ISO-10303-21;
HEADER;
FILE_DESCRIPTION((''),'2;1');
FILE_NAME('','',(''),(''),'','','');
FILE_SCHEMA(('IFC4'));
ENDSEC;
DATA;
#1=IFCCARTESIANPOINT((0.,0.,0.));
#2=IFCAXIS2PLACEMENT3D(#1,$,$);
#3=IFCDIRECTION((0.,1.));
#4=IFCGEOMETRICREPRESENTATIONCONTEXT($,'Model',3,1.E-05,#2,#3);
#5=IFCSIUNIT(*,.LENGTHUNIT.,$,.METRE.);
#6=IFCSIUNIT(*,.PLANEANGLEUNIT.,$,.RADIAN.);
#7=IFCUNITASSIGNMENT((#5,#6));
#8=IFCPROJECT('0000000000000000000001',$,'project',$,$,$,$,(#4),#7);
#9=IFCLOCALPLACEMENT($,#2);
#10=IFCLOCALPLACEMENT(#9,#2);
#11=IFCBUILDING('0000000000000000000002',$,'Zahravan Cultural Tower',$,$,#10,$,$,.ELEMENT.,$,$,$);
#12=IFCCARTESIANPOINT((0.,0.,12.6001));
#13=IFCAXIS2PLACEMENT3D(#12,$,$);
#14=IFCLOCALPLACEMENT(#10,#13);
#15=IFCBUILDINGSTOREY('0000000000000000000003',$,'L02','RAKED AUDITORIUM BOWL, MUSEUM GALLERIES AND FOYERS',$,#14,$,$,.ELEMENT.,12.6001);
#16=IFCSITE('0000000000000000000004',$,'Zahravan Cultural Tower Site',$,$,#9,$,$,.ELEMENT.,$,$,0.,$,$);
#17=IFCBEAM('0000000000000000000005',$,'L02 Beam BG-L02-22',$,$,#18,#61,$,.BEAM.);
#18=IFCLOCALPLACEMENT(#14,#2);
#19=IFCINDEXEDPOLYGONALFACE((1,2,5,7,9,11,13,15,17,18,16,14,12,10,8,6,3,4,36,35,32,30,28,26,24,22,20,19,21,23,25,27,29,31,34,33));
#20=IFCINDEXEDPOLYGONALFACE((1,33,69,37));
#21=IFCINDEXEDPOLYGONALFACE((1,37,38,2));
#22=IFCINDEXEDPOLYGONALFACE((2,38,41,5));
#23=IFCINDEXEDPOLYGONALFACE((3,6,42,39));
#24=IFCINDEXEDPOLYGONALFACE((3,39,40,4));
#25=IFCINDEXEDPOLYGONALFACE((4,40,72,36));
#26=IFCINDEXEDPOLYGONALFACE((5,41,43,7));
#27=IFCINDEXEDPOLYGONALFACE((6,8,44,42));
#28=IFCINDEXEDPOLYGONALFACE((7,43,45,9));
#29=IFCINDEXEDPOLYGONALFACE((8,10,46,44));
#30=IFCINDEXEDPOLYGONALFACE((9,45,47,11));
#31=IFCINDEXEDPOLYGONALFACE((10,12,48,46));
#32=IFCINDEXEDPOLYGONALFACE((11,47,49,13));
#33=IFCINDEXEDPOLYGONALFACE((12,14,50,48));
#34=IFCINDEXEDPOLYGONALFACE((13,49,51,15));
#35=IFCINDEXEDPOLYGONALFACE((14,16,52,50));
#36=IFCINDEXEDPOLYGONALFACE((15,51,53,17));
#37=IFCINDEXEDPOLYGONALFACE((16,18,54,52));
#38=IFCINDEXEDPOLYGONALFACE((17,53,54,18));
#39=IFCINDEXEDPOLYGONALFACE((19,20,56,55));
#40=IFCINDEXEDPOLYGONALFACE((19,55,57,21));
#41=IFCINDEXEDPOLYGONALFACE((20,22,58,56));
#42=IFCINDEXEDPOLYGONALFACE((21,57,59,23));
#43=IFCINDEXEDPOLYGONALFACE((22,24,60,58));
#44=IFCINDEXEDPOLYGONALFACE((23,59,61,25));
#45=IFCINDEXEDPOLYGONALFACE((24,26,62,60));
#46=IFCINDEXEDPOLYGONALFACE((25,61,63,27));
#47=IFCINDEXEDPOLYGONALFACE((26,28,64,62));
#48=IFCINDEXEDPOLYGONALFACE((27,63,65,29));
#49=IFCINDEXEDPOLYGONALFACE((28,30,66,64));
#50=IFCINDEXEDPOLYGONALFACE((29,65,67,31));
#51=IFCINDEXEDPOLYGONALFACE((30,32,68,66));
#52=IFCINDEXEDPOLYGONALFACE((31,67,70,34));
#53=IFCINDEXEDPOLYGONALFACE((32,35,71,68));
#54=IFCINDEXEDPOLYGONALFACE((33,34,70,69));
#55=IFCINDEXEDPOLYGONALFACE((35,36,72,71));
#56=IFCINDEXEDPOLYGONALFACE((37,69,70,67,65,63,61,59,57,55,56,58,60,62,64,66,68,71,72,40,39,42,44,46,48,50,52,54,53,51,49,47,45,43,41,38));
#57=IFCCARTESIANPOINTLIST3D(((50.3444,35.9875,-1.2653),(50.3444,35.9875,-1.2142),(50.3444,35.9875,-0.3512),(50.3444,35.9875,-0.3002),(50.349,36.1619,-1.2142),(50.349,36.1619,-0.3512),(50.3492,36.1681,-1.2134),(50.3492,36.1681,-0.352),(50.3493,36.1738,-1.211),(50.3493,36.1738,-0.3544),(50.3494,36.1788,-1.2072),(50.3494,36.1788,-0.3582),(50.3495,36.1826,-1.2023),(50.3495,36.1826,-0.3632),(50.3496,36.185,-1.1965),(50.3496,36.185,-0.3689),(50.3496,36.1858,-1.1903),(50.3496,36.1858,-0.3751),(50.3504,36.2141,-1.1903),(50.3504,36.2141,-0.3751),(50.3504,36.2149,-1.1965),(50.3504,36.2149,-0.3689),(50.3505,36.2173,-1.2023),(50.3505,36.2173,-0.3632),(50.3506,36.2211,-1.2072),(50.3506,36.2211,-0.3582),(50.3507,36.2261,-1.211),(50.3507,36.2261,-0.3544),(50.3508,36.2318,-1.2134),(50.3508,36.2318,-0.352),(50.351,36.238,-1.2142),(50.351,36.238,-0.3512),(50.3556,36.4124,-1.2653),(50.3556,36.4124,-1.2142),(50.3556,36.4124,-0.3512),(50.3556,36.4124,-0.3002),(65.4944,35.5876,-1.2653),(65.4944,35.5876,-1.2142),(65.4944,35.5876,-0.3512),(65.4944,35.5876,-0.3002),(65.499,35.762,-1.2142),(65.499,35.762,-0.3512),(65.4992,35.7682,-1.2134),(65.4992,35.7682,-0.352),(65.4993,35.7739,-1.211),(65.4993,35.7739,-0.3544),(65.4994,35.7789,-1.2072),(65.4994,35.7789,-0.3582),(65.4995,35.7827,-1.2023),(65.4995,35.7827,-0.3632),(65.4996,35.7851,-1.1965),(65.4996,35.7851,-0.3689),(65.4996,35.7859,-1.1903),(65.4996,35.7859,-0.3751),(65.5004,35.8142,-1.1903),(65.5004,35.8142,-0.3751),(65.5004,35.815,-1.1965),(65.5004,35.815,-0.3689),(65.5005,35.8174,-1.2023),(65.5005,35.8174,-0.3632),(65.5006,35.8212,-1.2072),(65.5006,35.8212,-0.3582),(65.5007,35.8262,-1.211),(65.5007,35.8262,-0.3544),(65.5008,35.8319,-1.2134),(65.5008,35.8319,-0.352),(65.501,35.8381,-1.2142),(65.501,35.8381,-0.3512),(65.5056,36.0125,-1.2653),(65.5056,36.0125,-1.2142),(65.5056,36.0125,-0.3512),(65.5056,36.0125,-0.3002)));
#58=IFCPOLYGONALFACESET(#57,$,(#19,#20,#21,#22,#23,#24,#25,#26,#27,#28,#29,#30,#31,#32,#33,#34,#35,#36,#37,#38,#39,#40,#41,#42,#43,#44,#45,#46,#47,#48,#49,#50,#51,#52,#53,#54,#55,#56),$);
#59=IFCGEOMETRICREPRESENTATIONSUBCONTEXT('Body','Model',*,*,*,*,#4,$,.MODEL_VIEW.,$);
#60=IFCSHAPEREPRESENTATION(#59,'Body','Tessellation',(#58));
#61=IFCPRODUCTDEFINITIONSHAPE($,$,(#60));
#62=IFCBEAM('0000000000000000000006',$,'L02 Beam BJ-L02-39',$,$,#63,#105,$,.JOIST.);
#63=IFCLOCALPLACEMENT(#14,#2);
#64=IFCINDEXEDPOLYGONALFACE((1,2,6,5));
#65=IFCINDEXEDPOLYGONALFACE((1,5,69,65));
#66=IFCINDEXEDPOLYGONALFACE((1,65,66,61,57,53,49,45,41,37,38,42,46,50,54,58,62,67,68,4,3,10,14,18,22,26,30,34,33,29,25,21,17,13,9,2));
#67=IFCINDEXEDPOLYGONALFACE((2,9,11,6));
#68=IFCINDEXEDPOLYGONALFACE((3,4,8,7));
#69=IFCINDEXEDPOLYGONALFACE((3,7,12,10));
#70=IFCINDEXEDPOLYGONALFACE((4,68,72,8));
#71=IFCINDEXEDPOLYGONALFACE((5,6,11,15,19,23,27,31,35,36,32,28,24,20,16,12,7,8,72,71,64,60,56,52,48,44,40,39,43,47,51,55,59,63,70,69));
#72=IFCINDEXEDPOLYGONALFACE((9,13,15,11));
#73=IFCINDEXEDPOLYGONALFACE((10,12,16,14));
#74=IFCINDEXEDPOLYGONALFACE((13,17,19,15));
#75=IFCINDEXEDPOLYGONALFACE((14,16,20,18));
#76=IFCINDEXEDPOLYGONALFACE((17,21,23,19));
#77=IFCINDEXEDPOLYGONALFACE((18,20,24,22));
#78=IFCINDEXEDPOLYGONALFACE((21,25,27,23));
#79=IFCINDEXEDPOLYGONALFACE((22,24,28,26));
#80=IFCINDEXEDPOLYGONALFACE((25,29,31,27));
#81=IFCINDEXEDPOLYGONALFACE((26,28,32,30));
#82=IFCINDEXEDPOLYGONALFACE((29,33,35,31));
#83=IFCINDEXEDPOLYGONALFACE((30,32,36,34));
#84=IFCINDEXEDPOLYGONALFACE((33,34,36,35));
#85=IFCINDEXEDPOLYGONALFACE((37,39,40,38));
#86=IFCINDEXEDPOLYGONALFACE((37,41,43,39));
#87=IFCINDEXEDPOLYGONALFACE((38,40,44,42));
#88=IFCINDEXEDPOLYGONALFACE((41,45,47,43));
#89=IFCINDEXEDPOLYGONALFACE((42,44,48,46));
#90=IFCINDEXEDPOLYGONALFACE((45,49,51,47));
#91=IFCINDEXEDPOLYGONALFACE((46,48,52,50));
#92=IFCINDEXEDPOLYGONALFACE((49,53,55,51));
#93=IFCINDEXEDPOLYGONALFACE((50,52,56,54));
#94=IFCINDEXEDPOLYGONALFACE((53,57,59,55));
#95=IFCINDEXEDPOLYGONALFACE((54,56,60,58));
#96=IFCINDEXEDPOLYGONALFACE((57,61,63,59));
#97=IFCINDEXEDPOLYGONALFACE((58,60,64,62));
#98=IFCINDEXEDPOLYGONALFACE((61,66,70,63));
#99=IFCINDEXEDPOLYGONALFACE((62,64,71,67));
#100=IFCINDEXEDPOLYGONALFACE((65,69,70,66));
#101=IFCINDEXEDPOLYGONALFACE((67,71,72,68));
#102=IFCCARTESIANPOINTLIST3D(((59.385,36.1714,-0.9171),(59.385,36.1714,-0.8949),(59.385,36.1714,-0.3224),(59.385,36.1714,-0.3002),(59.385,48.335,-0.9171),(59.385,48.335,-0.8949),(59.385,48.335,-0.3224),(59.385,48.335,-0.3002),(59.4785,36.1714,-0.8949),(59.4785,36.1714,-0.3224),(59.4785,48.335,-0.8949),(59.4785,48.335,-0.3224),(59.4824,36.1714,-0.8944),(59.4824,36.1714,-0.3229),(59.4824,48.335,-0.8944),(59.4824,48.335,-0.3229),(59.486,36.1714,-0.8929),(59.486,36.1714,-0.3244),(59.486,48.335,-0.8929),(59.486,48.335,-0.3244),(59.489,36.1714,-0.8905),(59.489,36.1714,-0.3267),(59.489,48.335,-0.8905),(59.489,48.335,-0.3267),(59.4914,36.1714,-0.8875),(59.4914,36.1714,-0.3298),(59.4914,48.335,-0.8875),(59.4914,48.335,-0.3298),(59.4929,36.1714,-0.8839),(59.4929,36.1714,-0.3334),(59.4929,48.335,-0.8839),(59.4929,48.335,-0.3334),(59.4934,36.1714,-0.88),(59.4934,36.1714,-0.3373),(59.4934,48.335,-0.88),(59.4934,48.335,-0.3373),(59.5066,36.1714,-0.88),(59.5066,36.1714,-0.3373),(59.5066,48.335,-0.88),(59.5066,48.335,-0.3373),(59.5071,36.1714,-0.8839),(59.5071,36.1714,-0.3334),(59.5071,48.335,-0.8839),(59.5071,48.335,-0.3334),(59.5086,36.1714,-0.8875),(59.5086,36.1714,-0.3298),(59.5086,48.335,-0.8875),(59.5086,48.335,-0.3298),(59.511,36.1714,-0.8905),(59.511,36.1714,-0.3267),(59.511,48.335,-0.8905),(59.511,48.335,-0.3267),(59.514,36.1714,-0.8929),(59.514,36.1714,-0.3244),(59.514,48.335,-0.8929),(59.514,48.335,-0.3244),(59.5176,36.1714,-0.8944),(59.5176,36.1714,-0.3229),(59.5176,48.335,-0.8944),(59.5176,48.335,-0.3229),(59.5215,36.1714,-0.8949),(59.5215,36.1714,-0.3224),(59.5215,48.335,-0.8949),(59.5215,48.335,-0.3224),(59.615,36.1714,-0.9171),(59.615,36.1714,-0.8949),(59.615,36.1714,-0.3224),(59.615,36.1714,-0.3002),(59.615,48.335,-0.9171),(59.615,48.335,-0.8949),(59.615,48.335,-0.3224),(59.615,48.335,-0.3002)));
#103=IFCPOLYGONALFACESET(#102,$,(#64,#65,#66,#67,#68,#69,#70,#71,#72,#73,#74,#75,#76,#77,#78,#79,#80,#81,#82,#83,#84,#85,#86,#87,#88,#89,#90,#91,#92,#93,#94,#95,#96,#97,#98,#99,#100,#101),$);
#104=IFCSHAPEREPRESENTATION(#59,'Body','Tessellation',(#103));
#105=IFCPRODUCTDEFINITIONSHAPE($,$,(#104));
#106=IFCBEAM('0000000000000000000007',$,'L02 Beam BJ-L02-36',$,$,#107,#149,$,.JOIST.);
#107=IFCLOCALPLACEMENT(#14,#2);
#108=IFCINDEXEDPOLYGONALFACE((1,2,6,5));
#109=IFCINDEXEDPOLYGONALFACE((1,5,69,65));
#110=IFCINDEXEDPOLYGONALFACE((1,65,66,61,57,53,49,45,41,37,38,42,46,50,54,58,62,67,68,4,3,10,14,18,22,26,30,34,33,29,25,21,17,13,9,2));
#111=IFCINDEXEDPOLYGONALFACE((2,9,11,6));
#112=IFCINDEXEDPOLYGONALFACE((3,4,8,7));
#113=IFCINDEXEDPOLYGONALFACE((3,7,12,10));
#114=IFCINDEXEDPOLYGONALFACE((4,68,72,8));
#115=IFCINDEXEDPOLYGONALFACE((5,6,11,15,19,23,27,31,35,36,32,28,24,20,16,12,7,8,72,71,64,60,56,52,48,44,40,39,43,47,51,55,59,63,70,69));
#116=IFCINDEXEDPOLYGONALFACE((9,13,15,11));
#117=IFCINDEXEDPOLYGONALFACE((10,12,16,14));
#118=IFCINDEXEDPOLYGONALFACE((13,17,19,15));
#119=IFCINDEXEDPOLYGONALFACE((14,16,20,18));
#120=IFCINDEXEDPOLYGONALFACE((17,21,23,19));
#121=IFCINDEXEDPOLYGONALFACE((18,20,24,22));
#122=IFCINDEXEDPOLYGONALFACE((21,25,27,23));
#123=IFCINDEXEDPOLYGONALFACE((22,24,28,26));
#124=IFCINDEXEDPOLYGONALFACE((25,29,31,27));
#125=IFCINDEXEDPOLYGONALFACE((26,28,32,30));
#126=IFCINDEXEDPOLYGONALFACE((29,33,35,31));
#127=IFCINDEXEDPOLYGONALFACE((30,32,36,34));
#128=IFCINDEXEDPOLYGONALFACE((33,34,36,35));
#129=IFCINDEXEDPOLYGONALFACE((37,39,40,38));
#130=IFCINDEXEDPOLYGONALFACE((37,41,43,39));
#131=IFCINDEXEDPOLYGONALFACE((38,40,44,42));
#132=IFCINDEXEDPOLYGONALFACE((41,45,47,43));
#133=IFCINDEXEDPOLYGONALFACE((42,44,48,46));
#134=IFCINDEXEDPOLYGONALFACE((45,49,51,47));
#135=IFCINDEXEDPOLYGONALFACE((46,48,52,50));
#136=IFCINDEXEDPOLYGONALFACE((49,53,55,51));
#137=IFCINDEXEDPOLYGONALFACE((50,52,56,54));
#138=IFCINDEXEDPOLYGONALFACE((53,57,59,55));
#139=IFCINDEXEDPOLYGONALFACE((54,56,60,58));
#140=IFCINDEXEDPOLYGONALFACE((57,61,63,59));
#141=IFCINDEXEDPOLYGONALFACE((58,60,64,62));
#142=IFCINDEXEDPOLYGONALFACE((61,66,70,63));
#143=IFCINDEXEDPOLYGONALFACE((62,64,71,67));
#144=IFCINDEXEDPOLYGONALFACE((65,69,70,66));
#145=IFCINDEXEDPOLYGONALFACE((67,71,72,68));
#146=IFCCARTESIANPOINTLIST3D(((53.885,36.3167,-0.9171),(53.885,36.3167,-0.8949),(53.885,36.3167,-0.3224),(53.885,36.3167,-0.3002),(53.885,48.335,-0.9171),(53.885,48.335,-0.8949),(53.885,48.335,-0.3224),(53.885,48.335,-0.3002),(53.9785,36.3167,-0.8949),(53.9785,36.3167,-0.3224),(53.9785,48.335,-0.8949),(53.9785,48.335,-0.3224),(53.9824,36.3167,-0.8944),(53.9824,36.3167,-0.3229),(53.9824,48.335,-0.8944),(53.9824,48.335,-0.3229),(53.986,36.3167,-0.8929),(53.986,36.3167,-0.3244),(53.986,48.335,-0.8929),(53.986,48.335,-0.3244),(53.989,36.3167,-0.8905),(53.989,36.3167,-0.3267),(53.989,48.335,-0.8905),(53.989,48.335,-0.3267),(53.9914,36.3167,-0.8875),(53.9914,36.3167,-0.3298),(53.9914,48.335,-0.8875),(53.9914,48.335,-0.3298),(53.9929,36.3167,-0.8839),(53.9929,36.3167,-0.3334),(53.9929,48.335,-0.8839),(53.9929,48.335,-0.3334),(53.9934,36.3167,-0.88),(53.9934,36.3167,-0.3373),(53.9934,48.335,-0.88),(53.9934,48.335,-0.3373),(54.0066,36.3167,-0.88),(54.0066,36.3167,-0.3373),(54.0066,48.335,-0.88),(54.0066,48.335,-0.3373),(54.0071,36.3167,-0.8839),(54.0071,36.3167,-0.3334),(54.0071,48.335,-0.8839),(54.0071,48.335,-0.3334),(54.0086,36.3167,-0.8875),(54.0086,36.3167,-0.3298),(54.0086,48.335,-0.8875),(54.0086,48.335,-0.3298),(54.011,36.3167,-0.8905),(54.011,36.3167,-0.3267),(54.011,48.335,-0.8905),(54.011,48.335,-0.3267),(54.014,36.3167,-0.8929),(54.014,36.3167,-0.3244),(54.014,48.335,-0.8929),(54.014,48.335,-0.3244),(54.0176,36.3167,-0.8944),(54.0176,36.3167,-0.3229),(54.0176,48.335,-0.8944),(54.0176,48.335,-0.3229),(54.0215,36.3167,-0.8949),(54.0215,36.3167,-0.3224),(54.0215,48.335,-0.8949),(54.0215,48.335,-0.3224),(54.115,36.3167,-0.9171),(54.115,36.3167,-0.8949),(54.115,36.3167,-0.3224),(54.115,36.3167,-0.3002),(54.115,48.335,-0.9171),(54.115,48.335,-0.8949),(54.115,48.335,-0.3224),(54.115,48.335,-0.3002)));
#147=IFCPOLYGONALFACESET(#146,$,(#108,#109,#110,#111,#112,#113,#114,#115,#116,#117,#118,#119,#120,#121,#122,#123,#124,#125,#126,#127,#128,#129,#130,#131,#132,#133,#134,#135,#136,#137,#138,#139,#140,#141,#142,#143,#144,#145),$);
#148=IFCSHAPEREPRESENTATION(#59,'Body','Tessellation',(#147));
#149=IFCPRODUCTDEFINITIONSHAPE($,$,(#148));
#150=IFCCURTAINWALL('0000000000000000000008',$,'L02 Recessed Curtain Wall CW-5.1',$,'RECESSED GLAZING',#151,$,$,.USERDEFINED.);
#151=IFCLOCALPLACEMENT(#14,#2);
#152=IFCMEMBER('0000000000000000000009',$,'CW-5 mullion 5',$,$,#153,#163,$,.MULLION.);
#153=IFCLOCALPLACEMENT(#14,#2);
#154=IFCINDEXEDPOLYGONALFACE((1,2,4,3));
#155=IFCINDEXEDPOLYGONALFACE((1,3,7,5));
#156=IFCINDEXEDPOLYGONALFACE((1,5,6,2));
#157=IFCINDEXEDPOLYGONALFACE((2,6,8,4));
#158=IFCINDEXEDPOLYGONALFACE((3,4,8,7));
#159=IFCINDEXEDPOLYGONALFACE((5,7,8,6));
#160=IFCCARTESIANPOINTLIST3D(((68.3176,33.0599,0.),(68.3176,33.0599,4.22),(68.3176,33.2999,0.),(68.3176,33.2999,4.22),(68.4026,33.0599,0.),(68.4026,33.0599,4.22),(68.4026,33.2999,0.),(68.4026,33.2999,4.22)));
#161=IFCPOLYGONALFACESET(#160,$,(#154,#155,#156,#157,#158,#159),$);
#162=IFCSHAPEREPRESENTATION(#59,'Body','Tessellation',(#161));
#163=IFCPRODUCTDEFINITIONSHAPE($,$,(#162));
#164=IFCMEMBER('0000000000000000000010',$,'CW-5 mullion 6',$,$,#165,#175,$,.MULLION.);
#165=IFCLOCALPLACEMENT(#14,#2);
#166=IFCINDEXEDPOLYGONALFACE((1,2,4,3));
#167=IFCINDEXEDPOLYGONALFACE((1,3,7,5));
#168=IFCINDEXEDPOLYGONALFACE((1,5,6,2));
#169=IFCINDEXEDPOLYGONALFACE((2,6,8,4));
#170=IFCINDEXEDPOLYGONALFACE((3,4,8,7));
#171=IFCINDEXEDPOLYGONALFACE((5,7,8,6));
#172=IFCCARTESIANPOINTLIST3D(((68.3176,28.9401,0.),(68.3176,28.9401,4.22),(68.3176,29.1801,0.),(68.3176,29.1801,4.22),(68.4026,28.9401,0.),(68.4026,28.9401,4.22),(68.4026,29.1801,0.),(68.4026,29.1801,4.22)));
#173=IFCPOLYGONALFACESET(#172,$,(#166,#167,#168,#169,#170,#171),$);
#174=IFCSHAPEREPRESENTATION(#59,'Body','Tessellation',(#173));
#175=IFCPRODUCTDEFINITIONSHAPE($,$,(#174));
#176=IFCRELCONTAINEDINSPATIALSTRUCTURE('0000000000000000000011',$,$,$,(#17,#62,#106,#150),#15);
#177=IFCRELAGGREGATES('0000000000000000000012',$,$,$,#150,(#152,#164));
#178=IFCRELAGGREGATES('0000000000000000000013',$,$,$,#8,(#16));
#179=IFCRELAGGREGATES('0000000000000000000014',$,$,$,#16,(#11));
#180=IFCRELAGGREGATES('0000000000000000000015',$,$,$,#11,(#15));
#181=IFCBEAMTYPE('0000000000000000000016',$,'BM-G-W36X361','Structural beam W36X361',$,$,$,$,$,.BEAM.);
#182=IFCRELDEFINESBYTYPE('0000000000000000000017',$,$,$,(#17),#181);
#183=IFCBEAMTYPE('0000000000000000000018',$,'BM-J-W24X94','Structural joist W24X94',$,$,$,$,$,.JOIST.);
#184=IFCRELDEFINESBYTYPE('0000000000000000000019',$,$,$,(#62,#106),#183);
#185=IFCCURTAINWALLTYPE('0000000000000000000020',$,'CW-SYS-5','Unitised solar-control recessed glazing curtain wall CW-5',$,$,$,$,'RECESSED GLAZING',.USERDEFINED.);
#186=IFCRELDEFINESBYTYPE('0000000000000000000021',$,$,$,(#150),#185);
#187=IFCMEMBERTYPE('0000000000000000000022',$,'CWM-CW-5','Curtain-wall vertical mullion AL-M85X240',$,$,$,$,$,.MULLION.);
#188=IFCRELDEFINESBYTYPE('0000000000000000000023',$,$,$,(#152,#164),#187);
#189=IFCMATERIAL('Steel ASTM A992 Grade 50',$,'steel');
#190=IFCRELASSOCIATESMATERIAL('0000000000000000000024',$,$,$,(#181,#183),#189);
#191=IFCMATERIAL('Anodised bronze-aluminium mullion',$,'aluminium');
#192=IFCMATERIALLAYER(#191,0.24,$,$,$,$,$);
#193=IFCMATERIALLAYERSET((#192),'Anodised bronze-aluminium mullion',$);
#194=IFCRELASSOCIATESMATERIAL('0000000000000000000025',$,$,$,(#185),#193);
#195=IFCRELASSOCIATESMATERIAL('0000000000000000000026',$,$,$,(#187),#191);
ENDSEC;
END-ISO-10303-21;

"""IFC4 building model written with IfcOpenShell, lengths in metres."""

from ifc_helpers import new_model, si_unit, direction, frame, origin, origin_2d, place, context, subcontext, project, spatial, rectangle, i_section, extrude, source, transform, mapped, material, layer, layer_set, material_profile, profile_set, type_object, element, aggregate, save


model = new_model("IFC4")

# Units and contexts
model_context = context("Model", 3, precision=1e-05, world=origin(), true_north=direction((0.0, 1.0)))
body_context = subcontext(model_context, "Body", "Model", "MODEL_VIEW")
ifc_project = project(units=[si_unit("LENGTHUNIT", "METRE"), si_unit("PLANEANGLEUNIT", "RADIAN")], contexts=[model_context])

# Site, building, storey
site_placement = place(None, origin())
site = spatial("IfcSite", under=ifc_project, at=site_placement, Name="Zahravan Cultural Tower Site", CompositionType="ELEMENT", RefElevation=0.0)
building_placement = place(site_placement, origin())
building = spatial("IfcBuilding", under=site, at=building_placement, Name="Zahravan Cultural Tower", CompositionType="ELEMENT")
storey_placement = place(building_placement, frame((0.0, 0.0, 12.6001)))
storey = spatial("IfcBuildingStorey", under=building, at=storey_placement, Name="L02", Description="RAKED AUDITORIUM BOWL, MUSEUM GALLERIES AND FOYERS", CompositionType="ELEMENT", Elevation=12.6001)

# Beams
ifc_material_1 = material(Name="Steel ASTM A992 Grade 50", Category="steel")
ifc_material_profile_1 = material_profile(ifc_material_1, i_section(OverallWidth=0.425, OverallDepth=0.9651, WebThickness=0.0283, FlangeThickness=0.051, FilletRadius=0.0239, at=origin_2d()), Name="W36X361")
ifc_profile_set_1 = profile_set([ifc_material_profile_1], Name="Steel ASTM A992 Grade 50")
beam_type_1 = type_object("IfcBeamType", Name="BM-G-W36X361", Description="Structural beam W36X361", PredefinedType="BEAM", material=ifc_profile_set_1)
shared_shape_1 = source(origin(), body_context, "Body", "SweptSolid", [
    extrude(i_section(OverallWidth=0.425, OverallDepth=0.9651, WebThickness=0.0283, FlangeThickness=0.051, FilletRadius=0.0239, at=origin_2d()), origin(), (0.0, 0.0, 1.0), 15.1553),
])
beam_1_placement = place(storey_placement, frame((65.5, 35.8, -0.7827), z_axis=(-0.999652, 0.026387, 0.0), x_axis=(-0.026387, -0.999652, 0.0)))
element("IfcBeam", 1, at=beam_1_placement, inside=storey, type_object=beam_type_1, Name="L02 Beam BG-L02-22", PredefinedType="BEAM", context=body_context, shape_type="MappedRepresentation", body=[
    mapped(shared_shape_1, transform((0.0, 0.0, 0.0), x_axis=(1.0, 0.0, 0.0), y_axis=(0.0, 1.0, 0.0), z_axis=(0.0, 0.0, 1.0), scale=1.0)),
])
ifc_material_profile_2 = material_profile(ifc_material_1, i_section(OverallWidth=0.23, OverallDepth=0.6169, WebThickness=0.0132, FlangeThickness=0.0222, FilletRadius=0.0149, at=origin_2d()), Name="W24X94")
ifc_profile_set_2 = profile_set([ifc_material_profile_2], Name="Steel ASTM A992 Grade 50")
beam_type_2 = type_object("IfcBeamType", Name="BM-J-W24X94", Description="Structural joist W24X94", PredefinedType="JOIST", material=ifc_profile_set_2)
shared_shape_2 = source(origin(), body_context, "Body", "SweptSolid", [
    extrude(i_section(OverallWidth=0.23, OverallDepth=0.6169, WebThickness=0.0132, FlangeThickness=0.0222, FilletRadius=0.0149, at=origin_2d()), origin(), (0.0, 0.0, 1.0), 12.1636),
])
beam_2_placement = place(storey_placement, frame((59.5, 36.1714, -0.6086), z_axis=(0.0, 1.0, 0.0), x_axis=(-1.0, 0.0, 0.0)))
element("IfcBeam", 2, at=beam_2_placement, inside=storey, type_object=beam_type_2, Name="L02 Beam BJ-L02-39", PredefinedType="JOIST", context=body_context, shape_type="MappedRepresentation", body=[
    mapped(shared_shape_2, transform((0.0, 0.0, 0.0), x_axis=(1.0, 0.0, 0.0), y_axis=(0.0, 1.0, 0.0), z_axis=(0.0, 0.0, 1.0), scale=1.0)),
])
shared_shape_3 = source(origin(), body_context, "Body", "SweptSolid", [
    extrude(i_section(OverallWidth=0.23, OverallDepth=0.6169, WebThickness=0.0132, FlangeThickness=0.0222, FilletRadius=0.0149, at=origin_2d()), origin(), (0.0, 0.0, 1.0), 12.0183),
])
beam_3_placement = place(storey_placement, frame((54.0, 36.3167, -0.6086), z_axis=(0.0, 1.0, 0.0), x_axis=(-1.0, 0.0, 0.0)))
element("IfcBeam", 3, at=beam_3_placement, inside=storey, type_object=beam_type_2, Name="L02 Beam BJ-L02-36", PredefinedType="JOIST", context=body_context, shape_type="MappedRepresentation", body=[
    mapped(shared_shape_3, transform((0.0, 0.0, 0.0), x_axis=(1.0, 0.0, 0.0), y_axis=(0.0, 1.0, 0.0), z_axis=(0.0, 0.0, 1.0), scale=1.0)),
])

# Curtain wall, members
ifc_material_2 = material(Name="Anodised bronze-aluminium mullion", Category="aluminium")
ifc_layer_1 = layer(ifc_material_2, 0.24)
ifc_layer_set_1 = layer_set([ifc_layer_1], Name="Anodised bronze-aluminium mullion")
curtain_wall_type = type_object("IfcCurtainWallType", Name="CW-SYS-5", Description="Unitised solar-control recessed glazing curtain wall CW-5", ElementType="RECESSED GLAZING", PredefinedType="USERDEFINED", material=ifc_layer_set_1)
curtain_wall_placement = place(storey_placement, origin())
curtain_wall = element("IfcCurtainWall", 4, at=curtain_wall_placement, inside=storey, type_object=curtain_wall_type, Name="L02 Recessed Curtain Wall CW-5.1", ObjectType="RECESSED GLAZING", PredefinedType="USERDEFINED")
ifc_material_profile_3 = material_profile(ifc_material_2, rectangle(XDim=0.085, YDim=0.24, at=origin_2d()), Name="AL-M85X240")
ifc_profile_set_3 = profile_set([ifc_material_profile_3], Name="Anodised bronze-aluminium mullion")
member_type_1 = type_object("IfcMemberType", Name="CWM-CW-5", Description="Curtain-wall vertical mullion AL-M85X240", PredefinedType="MULLION", material=ifc_profile_set_3)
shared_shape_4 = source(origin(), body_context, "Body", "SweptSolid", [
    extrude(rectangle(XDim=0.085, YDim=0.24, at=origin_2d()), origin(), (0.0, 0.0, 1.0), 4.22),
])
member_1_placement = place(storey_placement, frame((68.3601, 33.1799, 0.0), z_axis=(0.0, 0.0, 1.0), x_axis=(1.0, 0.0, 0.0)))
member_1 = element("IfcMember", 5, at=member_1_placement, type_object=member_type_1, Name="CW-5 mullion 5", PredefinedType="MULLION", context=body_context, shape_type="MappedRepresentation", body=[
    mapped(shared_shape_4, transform((0.0, 0.0, 0.0), x_axis=(1.0, 0.0, 0.0), y_axis=(0.0, 1.0, 0.0), z_axis=(0.0, 0.0, 1.0), scale=1.0)),
])
member_2_placement = place(storey_placement, frame((68.3601, 29.0601, 0.0), z_axis=(0.0, 0.0, 1.0), x_axis=(1.0, 0.0, 0.0)))
member_2 = element("IfcMember", 6, at=member_2_placement, type_object=member_type_1, Name="CW-5 mullion 6", PredefinedType="MULLION", context=body_context, shape_type="MappedRepresentation", body=[
    mapped(shared_shape_4, transform((0.0, 0.0, 0.0), x_axis=(1.0, 0.0, 0.0), y_axis=(0.0, 1.0, 0.0), z_axis=(0.0, 0.0, 1.0), scale=1.0)),
])
aggregate(curtain_wall, [member_1, member_2])

save(model, "model.ifc")
